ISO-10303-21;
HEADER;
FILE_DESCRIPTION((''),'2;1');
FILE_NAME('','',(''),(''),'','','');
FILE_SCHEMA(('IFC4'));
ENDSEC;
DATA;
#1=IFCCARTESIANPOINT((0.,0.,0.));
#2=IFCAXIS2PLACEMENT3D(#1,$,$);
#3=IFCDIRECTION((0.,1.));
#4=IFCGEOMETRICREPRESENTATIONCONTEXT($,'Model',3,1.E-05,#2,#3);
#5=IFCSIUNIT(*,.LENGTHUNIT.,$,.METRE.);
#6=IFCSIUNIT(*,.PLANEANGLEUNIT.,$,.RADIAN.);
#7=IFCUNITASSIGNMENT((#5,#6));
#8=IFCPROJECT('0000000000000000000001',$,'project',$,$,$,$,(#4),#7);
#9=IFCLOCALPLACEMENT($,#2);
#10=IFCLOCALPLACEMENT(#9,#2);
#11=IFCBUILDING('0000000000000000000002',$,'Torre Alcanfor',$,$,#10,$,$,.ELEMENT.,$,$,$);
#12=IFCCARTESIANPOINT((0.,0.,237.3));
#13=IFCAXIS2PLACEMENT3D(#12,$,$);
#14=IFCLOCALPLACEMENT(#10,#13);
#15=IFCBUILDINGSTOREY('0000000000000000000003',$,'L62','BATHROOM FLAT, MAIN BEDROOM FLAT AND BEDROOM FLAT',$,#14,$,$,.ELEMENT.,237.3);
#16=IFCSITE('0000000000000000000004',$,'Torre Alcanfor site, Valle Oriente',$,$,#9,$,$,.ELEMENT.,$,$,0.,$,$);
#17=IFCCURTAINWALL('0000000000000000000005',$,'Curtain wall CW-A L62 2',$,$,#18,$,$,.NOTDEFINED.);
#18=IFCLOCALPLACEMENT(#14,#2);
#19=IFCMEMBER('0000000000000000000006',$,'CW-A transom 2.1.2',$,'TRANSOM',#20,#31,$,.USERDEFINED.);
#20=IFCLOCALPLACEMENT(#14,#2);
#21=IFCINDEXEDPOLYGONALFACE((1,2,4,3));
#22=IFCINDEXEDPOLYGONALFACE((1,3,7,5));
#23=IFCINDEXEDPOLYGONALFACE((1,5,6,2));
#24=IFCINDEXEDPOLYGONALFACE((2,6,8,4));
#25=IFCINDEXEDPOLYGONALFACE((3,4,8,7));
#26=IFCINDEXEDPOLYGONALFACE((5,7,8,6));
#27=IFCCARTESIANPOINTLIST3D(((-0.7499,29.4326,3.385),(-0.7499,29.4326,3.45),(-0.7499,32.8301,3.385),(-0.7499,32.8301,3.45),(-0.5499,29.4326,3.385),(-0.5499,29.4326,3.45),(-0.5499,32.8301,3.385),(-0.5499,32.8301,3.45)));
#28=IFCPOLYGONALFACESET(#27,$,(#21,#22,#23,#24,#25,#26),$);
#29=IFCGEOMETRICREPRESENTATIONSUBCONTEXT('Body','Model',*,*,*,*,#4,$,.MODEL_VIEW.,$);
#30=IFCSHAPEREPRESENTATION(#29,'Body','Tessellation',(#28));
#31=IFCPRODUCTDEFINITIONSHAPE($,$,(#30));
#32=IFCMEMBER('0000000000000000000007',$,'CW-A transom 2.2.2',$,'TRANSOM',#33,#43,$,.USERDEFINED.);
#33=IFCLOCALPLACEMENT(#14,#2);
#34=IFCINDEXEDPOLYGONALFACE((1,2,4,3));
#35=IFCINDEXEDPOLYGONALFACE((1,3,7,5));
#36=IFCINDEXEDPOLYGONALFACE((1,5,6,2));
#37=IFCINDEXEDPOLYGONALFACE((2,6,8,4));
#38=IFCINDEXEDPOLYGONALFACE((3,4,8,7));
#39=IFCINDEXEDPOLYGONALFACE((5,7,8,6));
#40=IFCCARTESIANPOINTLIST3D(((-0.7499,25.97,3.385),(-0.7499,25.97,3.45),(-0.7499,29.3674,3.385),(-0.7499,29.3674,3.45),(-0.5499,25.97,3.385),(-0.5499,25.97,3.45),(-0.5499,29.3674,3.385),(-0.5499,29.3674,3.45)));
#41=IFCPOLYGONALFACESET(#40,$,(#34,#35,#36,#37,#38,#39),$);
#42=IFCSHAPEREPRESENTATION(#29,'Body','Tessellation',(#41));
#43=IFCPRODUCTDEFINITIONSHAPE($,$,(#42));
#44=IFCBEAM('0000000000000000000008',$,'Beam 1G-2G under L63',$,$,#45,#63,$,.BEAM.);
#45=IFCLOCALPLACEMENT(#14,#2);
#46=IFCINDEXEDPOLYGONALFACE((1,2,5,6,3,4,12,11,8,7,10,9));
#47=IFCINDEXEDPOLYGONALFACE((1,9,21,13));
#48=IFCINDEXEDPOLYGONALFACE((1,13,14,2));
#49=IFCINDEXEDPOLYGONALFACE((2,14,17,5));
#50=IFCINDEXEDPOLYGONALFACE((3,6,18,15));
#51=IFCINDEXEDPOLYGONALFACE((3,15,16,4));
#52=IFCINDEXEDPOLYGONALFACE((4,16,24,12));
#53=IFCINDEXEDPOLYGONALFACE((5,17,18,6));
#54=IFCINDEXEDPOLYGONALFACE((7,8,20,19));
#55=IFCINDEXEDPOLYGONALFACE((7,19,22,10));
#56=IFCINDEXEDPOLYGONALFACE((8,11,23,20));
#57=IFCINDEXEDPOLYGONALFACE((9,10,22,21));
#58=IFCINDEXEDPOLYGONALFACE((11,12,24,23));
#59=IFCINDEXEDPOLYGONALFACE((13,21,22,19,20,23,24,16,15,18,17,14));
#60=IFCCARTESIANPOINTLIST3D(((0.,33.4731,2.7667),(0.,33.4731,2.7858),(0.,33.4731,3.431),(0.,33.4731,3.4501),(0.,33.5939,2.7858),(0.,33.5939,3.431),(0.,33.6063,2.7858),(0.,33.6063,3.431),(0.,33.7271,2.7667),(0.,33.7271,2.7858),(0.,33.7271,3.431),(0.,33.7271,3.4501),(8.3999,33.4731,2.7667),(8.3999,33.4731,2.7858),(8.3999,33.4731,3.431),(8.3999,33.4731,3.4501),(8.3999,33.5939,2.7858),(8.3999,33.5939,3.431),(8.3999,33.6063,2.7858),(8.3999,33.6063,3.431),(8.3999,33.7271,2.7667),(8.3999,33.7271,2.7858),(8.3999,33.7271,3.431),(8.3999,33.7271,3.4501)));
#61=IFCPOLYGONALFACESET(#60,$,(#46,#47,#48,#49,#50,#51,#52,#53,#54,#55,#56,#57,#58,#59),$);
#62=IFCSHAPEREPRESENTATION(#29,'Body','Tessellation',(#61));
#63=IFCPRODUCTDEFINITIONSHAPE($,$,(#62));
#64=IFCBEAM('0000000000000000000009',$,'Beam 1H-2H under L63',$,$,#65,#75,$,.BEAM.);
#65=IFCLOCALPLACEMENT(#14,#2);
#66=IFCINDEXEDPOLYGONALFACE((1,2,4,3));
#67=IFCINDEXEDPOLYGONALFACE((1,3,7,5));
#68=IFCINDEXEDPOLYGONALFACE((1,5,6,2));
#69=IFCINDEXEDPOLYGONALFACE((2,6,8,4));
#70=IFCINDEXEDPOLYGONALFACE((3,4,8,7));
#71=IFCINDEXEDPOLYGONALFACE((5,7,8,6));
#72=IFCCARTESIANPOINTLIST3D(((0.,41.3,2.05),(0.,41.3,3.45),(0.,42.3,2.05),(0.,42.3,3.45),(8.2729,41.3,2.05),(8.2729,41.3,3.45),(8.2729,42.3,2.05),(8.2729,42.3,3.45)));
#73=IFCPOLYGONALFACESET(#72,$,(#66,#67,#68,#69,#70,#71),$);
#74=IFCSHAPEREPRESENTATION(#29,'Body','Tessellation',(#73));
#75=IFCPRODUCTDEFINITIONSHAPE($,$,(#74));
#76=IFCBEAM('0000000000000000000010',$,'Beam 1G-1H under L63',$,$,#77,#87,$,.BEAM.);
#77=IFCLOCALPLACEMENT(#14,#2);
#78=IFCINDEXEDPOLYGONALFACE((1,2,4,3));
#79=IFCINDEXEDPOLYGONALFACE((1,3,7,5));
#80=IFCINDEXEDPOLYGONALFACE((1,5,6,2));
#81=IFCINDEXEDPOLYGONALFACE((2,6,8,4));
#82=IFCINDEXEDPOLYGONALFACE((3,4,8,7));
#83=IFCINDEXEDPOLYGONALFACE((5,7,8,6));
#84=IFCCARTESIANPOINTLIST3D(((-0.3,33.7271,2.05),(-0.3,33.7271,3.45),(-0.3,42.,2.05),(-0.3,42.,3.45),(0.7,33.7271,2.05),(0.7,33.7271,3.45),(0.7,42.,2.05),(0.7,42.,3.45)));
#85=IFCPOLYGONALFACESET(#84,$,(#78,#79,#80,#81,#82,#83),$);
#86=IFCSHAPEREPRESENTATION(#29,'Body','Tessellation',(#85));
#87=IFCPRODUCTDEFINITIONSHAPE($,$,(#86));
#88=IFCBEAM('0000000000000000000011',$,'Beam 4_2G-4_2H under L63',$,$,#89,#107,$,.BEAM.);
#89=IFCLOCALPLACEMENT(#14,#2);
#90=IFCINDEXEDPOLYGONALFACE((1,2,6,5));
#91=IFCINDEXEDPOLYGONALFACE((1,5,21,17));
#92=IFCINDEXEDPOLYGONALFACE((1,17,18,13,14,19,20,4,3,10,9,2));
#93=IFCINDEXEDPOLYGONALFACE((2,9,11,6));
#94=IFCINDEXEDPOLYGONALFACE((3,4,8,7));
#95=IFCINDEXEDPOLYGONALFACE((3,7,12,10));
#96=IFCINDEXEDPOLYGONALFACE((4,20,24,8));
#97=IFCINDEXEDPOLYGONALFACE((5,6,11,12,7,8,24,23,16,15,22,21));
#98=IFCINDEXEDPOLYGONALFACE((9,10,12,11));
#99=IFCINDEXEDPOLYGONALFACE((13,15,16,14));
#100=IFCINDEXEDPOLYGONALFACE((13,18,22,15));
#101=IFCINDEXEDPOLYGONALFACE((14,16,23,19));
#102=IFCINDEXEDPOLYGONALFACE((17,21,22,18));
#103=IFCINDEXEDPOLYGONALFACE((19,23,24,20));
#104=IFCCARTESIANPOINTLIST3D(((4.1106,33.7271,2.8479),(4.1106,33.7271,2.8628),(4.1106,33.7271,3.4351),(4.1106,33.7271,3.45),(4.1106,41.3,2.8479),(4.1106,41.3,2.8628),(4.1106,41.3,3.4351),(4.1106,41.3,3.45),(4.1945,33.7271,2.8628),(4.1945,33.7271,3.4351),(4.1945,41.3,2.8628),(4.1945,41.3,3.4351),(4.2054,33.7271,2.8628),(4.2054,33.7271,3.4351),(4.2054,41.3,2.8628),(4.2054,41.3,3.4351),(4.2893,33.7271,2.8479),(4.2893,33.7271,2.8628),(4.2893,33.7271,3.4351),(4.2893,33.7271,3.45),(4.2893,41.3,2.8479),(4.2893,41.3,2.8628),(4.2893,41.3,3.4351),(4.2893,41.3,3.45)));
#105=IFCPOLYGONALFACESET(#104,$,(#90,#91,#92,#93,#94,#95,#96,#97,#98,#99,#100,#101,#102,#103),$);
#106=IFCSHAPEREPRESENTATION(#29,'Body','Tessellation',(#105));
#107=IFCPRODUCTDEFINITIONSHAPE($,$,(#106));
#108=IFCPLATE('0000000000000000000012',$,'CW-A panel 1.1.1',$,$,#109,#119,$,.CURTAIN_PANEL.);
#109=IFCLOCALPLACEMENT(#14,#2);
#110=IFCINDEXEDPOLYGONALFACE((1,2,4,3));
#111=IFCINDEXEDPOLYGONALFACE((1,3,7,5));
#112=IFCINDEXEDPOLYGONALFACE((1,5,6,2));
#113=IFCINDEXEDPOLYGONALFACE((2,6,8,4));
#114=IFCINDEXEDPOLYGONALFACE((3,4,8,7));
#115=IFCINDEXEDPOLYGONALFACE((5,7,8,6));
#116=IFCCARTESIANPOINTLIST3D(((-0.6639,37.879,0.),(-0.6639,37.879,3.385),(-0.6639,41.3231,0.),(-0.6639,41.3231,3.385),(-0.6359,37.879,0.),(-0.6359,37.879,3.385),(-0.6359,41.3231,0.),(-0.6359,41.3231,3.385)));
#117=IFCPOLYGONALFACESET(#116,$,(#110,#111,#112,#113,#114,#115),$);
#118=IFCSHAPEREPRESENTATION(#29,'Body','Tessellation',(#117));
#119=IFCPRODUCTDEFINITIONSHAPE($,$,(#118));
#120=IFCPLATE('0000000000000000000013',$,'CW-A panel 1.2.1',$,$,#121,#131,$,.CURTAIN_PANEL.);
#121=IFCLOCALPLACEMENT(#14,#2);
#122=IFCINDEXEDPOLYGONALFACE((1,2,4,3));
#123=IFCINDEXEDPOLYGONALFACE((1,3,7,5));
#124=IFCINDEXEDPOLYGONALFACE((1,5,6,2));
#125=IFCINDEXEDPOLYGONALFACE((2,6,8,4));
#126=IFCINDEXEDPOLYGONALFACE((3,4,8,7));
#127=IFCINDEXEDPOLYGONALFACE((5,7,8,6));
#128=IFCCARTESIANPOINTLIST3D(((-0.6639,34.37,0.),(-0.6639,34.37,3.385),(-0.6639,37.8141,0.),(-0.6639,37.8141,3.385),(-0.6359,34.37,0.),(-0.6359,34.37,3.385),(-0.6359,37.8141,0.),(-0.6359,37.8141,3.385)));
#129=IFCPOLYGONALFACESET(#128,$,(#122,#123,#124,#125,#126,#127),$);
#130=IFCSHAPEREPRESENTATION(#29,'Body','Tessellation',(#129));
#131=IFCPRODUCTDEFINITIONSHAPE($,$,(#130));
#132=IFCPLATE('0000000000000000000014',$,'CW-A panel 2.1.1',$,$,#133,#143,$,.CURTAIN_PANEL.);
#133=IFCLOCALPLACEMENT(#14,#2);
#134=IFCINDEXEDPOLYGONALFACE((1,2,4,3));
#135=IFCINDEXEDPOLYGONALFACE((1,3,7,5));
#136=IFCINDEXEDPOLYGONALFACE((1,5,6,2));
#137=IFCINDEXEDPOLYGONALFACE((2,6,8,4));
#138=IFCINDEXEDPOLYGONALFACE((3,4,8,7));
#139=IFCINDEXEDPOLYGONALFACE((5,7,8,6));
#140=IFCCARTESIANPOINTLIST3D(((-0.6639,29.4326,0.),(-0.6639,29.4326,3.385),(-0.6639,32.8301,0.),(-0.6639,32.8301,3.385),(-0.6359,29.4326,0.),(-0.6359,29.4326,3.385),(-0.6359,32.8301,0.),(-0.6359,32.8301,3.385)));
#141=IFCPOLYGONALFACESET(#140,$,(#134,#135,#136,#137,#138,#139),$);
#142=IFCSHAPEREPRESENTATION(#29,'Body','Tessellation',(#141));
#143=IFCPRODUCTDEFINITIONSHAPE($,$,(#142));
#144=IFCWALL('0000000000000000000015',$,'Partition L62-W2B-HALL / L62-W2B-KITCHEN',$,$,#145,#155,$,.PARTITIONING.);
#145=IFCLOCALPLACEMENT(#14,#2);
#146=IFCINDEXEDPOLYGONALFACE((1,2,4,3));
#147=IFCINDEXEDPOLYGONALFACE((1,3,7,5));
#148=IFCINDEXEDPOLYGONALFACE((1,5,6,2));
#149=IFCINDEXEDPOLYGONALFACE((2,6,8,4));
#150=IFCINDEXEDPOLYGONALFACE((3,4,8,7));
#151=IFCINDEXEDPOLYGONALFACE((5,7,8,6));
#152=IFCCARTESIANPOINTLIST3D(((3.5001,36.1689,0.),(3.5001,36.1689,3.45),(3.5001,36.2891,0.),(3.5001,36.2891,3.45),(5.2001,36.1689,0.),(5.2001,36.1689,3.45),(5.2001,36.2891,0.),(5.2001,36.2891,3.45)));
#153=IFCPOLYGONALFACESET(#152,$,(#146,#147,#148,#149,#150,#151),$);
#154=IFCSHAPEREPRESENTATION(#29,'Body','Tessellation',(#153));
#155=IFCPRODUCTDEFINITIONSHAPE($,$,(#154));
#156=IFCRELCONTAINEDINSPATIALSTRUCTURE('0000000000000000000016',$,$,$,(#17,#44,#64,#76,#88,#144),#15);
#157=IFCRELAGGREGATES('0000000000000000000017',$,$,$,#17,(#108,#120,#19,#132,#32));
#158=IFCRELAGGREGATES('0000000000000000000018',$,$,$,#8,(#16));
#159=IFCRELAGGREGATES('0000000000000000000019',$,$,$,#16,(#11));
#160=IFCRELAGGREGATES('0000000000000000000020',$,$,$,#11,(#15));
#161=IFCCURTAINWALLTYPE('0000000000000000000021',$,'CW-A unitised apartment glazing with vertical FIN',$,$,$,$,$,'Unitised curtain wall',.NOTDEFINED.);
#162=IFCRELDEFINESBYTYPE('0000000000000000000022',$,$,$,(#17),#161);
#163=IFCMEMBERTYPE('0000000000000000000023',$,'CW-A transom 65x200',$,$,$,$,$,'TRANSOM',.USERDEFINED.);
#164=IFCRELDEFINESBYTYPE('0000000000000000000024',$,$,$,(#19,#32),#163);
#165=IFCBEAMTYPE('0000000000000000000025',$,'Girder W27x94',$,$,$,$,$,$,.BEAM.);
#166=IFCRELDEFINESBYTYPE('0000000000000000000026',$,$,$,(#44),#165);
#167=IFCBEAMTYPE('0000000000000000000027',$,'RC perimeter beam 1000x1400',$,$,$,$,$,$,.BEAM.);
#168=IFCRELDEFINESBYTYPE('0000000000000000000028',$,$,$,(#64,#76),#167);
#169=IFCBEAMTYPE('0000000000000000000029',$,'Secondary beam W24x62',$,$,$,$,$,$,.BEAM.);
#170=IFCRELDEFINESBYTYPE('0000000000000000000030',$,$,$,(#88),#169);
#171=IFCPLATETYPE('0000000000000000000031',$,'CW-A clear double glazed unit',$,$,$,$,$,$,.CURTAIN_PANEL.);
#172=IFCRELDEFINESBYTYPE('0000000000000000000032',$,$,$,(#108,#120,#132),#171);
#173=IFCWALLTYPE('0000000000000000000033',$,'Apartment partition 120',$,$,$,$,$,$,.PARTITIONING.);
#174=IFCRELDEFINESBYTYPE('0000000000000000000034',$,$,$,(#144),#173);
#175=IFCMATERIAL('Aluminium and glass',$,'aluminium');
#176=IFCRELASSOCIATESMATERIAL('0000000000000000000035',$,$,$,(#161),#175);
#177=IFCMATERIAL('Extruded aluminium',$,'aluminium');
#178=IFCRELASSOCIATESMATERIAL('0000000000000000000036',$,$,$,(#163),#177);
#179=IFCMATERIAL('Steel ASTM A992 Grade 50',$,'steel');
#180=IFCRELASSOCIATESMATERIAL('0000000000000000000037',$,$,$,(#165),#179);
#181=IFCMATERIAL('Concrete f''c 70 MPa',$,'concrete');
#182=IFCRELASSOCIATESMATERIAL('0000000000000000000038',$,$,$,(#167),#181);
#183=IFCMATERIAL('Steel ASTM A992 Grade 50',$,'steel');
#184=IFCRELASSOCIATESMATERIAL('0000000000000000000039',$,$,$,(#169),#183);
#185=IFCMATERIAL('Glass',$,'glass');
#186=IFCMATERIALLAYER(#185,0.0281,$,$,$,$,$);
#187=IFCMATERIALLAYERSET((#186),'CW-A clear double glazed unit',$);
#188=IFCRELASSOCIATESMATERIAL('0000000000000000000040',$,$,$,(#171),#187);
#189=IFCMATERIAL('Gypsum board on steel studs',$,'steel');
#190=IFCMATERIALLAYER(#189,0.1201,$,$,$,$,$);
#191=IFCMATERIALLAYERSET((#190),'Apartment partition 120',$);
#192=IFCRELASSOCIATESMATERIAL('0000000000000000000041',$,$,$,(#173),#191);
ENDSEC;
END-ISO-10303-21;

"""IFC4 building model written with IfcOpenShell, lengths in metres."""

from ifc_helpers import new_model, si_unit, direction, frame, frame_2d, origin, origin_2d, place, context, subcontext, project, spatial, rectangle, i_section, extrude, material, layer, layer_set, material_profile, profile_set, type_object, element, aggregate, save


model = new_model("IFC4")

# Units and contexts
model_context = context("Model", 3, precision=1e-05, world=origin(), true_north=direction((0.0, 1.0)))
body_context = subcontext(model_context, "Body", "Model", "MODEL_VIEW")
ifc_project = project(units=[si_unit("LENGTHUNIT", "METRE"), si_unit("PLANEANGLEUNIT", "RADIAN")], contexts=[model_context])

# Site, building, storey
site_placement = place(None, origin())
site = spatial("IfcSite", under=ifc_project, at=site_placement, Name="Torre Alcanfor site, Valle Oriente", CompositionType="ELEMENT", RefElevation=0.0)
building_placement = place(site_placement, origin())
building = spatial("IfcBuilding", under=site, at=building_placement, Name="Torre Alcanfor", CompositionType="ELEMENT")
storey_placement = place(building_placement, frame((0.0, 0.0, 237.3)))
storey = spatial("IfcBuildingStorey", under=building, at=storey_placement, Name="L62", Description="BATHROOM FLAT, MAIN BEDROOM FLAT AND BEDROOM FLAT", CompositionType="ELEMENT", Elevation=237.3)

# Curtain wall, members
ifc_material_1 = material(Name="Aluminium and glass", Category="aluminium")
curtain_wall_type = type_object("IfcCurtainWallType", Name="CW-A unitised apartment glazing with vertical FIN", ElementType="Unitised curtain wall", PredefinedType="NOTDEFINED", material=ifc_material_1)
curtain_wall_placement = place(storey_placement, origin())
curtain_wall = element("IfcCurtainWall", 1, at=curtain_wall_placement, inside=storey, type_object=curtain_wall_type, Name="Curtain wall CW-A L62 2", PredefinedType="NOTDEFINED")
ifc_material_2 = material(Name="Extruded aluminium", Category="aluminium")
ifc_material_profile_1 = material_profile(ifc_material_2, rectangle(XDim=0.2, YDim=0.0649, at=origin_2d()), Name="CW-A transom 200x65")
ifc_profile_set_1 = profile_set([ifc_material_profile_1], Name="Extruded aluminium")
member_type_1 = type_object("IfcMemberType", Name="CW-A transom 65x200", ElementType="TRANSOM", PredefinedType="USERDEFINED", material=ifc_profile_set_1)
member_1_placement = place(storey_placement, frame((-0.6499, 32.8301, 3.4175), z_axis=(0.0, -1.0, 0.0), x_axis=(1.0, 0.0, 0.0)))
member_1 = element("IfcMember", 2, at=member_1_placement, type_object=member_type_1, Name="CW-A transom 2.1.2", ObjectType="TRANSOM", PredefinedType="USERDEFINED", context=body_context, shape_type="SweptSolid", body=[
    extrude(rectangle(XDim=0.2, YDim=0.0649, at=origin_2d()), origin(), (0.0, 0.0, 1.0), 3.3975),
])
member_2_placement = place(storey_placement, frame((-0.6499, 29.3674, 3.4175), z_axis=(0.0, -1.0, 0.0), x_axis=(1.0, 0.0, 0.0)))
member_2 = element("IfcMember", 3, at=member_2_placement, type_object=member_type_1, Name="CW-A transom 2.2.2", ObjectType="TRANSOM", PredefinedType="USERDEFINED", context=body_context, shape_type="SweptSolid", body=[
    extrude(rectangle(XDim=0.2, YDim=0.0649, at=origin_2d()), origin(), (0.0, 0.0, 1.0), 3.3975),
])

# Beams
ifc_material_3 = material(Name="Steel ASTM A992 Grade 50", Category="steel")
ifc_material_profile_2 = material_profile(ifc_material_3, i_section(OverallWidth=0.2539, OverallDepth=0.6833, WebThickness=0.0125, FlangeThickness=0.019, at=origin_2d()), Name="W27x94")
ifc_profile_set_2 = profile_set([ifc_material_profile_2], Name="Steel ASTM A992 Grade 50")
beam_type_1 = type_object("IfcBeamType", Name="Girder W27x94", PredefinedType="BEAM", material=ifc_profile_set_2)
beam_1_placement = place(storey_placement, frame((0.0, 33.6001, 3.1084), z_axis=(1.0, 0.0, 0.0), x_axis=(0.0, 1.0, 0.0)))
element("IfcBeam", 4, at=beam_1_placement, inside=storey, type_object=beam_type_1, Name="Beam 1G-2G under L63", PredefinedType="BEAM", context=body_context, shape_type="SweptSolid", body=[
    extrude(i_section(OverallWidth=0.2539, OverallDepth=0.6833, WebThickness=0.0125, FlangeThickness=0.019, at=origin_2d()), origin(), (0.0, 0.0, 1.0), 8.3999),
])
ifc_material_4 = material(Name="Concrete f'c 70 MPa", Category="concrete")
ifc_material_profile_3 = material_profile(ifc_material_4, rectangle(XDim=1.0, YDim=1.3999, at=origin_2d()), Name="1000x1400")
ifc_profile_set_3 = profile_set([ifc_material_profile_3], Name="Concrete f'c 70 MPa")
beam_type_2 = type_object("IfcBeamType", Name="RC perimeter beam 1000x1400", PredefinedType="BEAM", material=ifc_profile_set_3)
for number, where, z_axis, x_axis, name in (
    (5, (0.0, 41.8, 2.75), (1.0, 0.0, 0.0), (0.0, 1.0, 0.0), "Beam 1H-2H under L63"),
    (6, (0.2, 33.7271, 2.75), (0.0, 1.0, 0.0), (-1.0, 0.0, 0.0), "Beam 1G-1H under L63"),
):
    element("IfcBeam", number, at=place(storey_placement, frame(where, z_axis=z_axis, x_axis=x_axis)), inside=storey, type_object=beam_type_2, Name=name, PredefinedType="BEAM", context=body_context, shape_type="SweptSolid", body=[
        extrude(rectangle(XDim=1.0, YDim=1.3999, at=origin_2d()), origin(), (0.0, 0.0, 1.0), 8.2729),
    ])
ifc_material_5 = material(Name="Steel ASTM A992 Grade 50", Category="steel")
ifc_material_profile_4 = material_profile(ifc_material_5, i_section(OverallWidth=0.1787, OverallDepth=0.6021, WebThickness=0.011, FlangeThickness=0.0149, at=origin_2d()), Name="W24x62")
ifc_profile_set_4 = profile_set([ifc_material_profile_4], Name="Steel ASTM A992 Grade 50")
beam_type_3 = type_object("IfcBeamType", Name="Secondary beam W24x62", PredefinedType="BEAM", material=ifc_profile_set_4)
beam_2_placement = place(storey_placement, frame((4.2, 33.7271, 3.1489), z_axis=(0.0, 1.0, 0.0), x_axis=(-1.0, 0.0, 0.0)))
element("IfcBeam", 7, at=beam_2_placement, inside=storey, type_object=beam_type_3, Name="Beam 4_2G-4_2H under L63", PredefinedType="BEAM", context=body_context, shape_type="SweptSolid", body=[
    extrude(i_section(OverallWidth=0.1787, OverallDepth=0.6021, WebThickness=0.011, FlangeThickness=0.0149, at=origin_2d()), origin(), (0.0, 0.0, 1.0), 7.573),
])

# Plates
ifc_material_6 = material(Name="Glass", Category="glass")
ifc_layer_1 = layer(ifc_material_6, 0.0281)
ifc_layer_set_1 = layer_set([ifc_layer_1], Name="CW-A clear double glazed unit")
plate_type = type_object("IfcPlateType", Name="CW-A clear double glazed unit", PredefinedType="CURTAIN_PANEL", material=ifc_layer_set_1)
plate_1_placement = place(storey_placement, frame((-0.6499, 39.6011, 0.0), z_axis=(0.0, 0.0, 1.0), x_axis=(0.0, -1.0, 0.0)))
plate_1 = element("IfcPlate", 8, at=plate_1_placement, type_object=plate_type, Name="CW-A panel 1.1.1", PredefinedType="CURTAIN_PANEL", context=body_context, shape_type="SweptSolid", body=[
    extrude(rectangle(XDim=3.4441, YDim=0.0281, at=origin_2d()), origin(), (0.0, 0.0, 1.0), 3.385),
])
plate_2_placement = place(storey_placement, frame((-0.6499, 36.092, 0.0), z_axis=(0.0, 0.0, 1.0), x_axis=(0.0, -1.0, 0.0)))
plate_2 = element("IfcPlate", 9, at=plate_2_placement, type_object=plate_type, Name="CW-A panel 1.2.1", PredefinedType="CURTAIN_PANEL", context=body_context, shape_type="SweptSolid", body=[
    extrude(rectangle(XDim=3.4441, YDim=0.0281, at=origin_2d()), origin(), (0.0, 0.0, 1.0), 3.385),
])
plate_3_placement = place(storey_placement, frame((-0.6499, 31.1313, 0.0), z_axis=(0.0, 0.0, 1.0), x_axis=(0.0, -1.0, 0.0)))
plate_3 = element("IfcPlate", 10, at=plate_3_placement, type_object=plate_type, Name="CW-A panel 2.1.1", PredefinedType="CURTAIN_PANEL", context=body_context, shape_type="SweptSolid", body=[
    extrude(rectangle(XDim=3.3975, YDim=0.0281, at=origin_2d()), origin(), (0.0, 0.0, 1.0), 3.385),
])
aggregate(curtain_wall, [plate_1, plate_2, member_1, plate_3, member_2])

# Wall
ifc_material_7 = material(Name="Gypsum board on steel studs", Category="steel")
ifc_layer_2 = layer(ifc_material_7, 0.1201)
ifc_layer_set_2 = layer_set([ifc_layer_2], Name="Apartment partition 120")
wall_type_1 = type_object("IfcWallType", Name="Apartment partition 120", PredefinedType="PARTITIONING", material=ifc_layer_set_2)
wall_1_placement = place(storey_placement, frame((3.5, 36.229, 0.0), z_axis=(0.0, 0.0, 1.0), x_axis=(1.0, 0.0, 0.0)))
element("IfcWall", 11, at=wall_1_placement, inside=storey, type_object=wall_type_1, Name="Partition L62-W2B-HALL / L62-W2B-KITCHEN", PredefinedType="PARTITIONING", context=body_context, shape_type="SweptSolid", body=[
    extrude(rectangle(XDim=1.7, YDim=0.1201, at=frame_2d((0.8501, 0.0))), origin(), (0.0, 0.0, 1.0), 3.45),
])

save(model, "model.ifc")
